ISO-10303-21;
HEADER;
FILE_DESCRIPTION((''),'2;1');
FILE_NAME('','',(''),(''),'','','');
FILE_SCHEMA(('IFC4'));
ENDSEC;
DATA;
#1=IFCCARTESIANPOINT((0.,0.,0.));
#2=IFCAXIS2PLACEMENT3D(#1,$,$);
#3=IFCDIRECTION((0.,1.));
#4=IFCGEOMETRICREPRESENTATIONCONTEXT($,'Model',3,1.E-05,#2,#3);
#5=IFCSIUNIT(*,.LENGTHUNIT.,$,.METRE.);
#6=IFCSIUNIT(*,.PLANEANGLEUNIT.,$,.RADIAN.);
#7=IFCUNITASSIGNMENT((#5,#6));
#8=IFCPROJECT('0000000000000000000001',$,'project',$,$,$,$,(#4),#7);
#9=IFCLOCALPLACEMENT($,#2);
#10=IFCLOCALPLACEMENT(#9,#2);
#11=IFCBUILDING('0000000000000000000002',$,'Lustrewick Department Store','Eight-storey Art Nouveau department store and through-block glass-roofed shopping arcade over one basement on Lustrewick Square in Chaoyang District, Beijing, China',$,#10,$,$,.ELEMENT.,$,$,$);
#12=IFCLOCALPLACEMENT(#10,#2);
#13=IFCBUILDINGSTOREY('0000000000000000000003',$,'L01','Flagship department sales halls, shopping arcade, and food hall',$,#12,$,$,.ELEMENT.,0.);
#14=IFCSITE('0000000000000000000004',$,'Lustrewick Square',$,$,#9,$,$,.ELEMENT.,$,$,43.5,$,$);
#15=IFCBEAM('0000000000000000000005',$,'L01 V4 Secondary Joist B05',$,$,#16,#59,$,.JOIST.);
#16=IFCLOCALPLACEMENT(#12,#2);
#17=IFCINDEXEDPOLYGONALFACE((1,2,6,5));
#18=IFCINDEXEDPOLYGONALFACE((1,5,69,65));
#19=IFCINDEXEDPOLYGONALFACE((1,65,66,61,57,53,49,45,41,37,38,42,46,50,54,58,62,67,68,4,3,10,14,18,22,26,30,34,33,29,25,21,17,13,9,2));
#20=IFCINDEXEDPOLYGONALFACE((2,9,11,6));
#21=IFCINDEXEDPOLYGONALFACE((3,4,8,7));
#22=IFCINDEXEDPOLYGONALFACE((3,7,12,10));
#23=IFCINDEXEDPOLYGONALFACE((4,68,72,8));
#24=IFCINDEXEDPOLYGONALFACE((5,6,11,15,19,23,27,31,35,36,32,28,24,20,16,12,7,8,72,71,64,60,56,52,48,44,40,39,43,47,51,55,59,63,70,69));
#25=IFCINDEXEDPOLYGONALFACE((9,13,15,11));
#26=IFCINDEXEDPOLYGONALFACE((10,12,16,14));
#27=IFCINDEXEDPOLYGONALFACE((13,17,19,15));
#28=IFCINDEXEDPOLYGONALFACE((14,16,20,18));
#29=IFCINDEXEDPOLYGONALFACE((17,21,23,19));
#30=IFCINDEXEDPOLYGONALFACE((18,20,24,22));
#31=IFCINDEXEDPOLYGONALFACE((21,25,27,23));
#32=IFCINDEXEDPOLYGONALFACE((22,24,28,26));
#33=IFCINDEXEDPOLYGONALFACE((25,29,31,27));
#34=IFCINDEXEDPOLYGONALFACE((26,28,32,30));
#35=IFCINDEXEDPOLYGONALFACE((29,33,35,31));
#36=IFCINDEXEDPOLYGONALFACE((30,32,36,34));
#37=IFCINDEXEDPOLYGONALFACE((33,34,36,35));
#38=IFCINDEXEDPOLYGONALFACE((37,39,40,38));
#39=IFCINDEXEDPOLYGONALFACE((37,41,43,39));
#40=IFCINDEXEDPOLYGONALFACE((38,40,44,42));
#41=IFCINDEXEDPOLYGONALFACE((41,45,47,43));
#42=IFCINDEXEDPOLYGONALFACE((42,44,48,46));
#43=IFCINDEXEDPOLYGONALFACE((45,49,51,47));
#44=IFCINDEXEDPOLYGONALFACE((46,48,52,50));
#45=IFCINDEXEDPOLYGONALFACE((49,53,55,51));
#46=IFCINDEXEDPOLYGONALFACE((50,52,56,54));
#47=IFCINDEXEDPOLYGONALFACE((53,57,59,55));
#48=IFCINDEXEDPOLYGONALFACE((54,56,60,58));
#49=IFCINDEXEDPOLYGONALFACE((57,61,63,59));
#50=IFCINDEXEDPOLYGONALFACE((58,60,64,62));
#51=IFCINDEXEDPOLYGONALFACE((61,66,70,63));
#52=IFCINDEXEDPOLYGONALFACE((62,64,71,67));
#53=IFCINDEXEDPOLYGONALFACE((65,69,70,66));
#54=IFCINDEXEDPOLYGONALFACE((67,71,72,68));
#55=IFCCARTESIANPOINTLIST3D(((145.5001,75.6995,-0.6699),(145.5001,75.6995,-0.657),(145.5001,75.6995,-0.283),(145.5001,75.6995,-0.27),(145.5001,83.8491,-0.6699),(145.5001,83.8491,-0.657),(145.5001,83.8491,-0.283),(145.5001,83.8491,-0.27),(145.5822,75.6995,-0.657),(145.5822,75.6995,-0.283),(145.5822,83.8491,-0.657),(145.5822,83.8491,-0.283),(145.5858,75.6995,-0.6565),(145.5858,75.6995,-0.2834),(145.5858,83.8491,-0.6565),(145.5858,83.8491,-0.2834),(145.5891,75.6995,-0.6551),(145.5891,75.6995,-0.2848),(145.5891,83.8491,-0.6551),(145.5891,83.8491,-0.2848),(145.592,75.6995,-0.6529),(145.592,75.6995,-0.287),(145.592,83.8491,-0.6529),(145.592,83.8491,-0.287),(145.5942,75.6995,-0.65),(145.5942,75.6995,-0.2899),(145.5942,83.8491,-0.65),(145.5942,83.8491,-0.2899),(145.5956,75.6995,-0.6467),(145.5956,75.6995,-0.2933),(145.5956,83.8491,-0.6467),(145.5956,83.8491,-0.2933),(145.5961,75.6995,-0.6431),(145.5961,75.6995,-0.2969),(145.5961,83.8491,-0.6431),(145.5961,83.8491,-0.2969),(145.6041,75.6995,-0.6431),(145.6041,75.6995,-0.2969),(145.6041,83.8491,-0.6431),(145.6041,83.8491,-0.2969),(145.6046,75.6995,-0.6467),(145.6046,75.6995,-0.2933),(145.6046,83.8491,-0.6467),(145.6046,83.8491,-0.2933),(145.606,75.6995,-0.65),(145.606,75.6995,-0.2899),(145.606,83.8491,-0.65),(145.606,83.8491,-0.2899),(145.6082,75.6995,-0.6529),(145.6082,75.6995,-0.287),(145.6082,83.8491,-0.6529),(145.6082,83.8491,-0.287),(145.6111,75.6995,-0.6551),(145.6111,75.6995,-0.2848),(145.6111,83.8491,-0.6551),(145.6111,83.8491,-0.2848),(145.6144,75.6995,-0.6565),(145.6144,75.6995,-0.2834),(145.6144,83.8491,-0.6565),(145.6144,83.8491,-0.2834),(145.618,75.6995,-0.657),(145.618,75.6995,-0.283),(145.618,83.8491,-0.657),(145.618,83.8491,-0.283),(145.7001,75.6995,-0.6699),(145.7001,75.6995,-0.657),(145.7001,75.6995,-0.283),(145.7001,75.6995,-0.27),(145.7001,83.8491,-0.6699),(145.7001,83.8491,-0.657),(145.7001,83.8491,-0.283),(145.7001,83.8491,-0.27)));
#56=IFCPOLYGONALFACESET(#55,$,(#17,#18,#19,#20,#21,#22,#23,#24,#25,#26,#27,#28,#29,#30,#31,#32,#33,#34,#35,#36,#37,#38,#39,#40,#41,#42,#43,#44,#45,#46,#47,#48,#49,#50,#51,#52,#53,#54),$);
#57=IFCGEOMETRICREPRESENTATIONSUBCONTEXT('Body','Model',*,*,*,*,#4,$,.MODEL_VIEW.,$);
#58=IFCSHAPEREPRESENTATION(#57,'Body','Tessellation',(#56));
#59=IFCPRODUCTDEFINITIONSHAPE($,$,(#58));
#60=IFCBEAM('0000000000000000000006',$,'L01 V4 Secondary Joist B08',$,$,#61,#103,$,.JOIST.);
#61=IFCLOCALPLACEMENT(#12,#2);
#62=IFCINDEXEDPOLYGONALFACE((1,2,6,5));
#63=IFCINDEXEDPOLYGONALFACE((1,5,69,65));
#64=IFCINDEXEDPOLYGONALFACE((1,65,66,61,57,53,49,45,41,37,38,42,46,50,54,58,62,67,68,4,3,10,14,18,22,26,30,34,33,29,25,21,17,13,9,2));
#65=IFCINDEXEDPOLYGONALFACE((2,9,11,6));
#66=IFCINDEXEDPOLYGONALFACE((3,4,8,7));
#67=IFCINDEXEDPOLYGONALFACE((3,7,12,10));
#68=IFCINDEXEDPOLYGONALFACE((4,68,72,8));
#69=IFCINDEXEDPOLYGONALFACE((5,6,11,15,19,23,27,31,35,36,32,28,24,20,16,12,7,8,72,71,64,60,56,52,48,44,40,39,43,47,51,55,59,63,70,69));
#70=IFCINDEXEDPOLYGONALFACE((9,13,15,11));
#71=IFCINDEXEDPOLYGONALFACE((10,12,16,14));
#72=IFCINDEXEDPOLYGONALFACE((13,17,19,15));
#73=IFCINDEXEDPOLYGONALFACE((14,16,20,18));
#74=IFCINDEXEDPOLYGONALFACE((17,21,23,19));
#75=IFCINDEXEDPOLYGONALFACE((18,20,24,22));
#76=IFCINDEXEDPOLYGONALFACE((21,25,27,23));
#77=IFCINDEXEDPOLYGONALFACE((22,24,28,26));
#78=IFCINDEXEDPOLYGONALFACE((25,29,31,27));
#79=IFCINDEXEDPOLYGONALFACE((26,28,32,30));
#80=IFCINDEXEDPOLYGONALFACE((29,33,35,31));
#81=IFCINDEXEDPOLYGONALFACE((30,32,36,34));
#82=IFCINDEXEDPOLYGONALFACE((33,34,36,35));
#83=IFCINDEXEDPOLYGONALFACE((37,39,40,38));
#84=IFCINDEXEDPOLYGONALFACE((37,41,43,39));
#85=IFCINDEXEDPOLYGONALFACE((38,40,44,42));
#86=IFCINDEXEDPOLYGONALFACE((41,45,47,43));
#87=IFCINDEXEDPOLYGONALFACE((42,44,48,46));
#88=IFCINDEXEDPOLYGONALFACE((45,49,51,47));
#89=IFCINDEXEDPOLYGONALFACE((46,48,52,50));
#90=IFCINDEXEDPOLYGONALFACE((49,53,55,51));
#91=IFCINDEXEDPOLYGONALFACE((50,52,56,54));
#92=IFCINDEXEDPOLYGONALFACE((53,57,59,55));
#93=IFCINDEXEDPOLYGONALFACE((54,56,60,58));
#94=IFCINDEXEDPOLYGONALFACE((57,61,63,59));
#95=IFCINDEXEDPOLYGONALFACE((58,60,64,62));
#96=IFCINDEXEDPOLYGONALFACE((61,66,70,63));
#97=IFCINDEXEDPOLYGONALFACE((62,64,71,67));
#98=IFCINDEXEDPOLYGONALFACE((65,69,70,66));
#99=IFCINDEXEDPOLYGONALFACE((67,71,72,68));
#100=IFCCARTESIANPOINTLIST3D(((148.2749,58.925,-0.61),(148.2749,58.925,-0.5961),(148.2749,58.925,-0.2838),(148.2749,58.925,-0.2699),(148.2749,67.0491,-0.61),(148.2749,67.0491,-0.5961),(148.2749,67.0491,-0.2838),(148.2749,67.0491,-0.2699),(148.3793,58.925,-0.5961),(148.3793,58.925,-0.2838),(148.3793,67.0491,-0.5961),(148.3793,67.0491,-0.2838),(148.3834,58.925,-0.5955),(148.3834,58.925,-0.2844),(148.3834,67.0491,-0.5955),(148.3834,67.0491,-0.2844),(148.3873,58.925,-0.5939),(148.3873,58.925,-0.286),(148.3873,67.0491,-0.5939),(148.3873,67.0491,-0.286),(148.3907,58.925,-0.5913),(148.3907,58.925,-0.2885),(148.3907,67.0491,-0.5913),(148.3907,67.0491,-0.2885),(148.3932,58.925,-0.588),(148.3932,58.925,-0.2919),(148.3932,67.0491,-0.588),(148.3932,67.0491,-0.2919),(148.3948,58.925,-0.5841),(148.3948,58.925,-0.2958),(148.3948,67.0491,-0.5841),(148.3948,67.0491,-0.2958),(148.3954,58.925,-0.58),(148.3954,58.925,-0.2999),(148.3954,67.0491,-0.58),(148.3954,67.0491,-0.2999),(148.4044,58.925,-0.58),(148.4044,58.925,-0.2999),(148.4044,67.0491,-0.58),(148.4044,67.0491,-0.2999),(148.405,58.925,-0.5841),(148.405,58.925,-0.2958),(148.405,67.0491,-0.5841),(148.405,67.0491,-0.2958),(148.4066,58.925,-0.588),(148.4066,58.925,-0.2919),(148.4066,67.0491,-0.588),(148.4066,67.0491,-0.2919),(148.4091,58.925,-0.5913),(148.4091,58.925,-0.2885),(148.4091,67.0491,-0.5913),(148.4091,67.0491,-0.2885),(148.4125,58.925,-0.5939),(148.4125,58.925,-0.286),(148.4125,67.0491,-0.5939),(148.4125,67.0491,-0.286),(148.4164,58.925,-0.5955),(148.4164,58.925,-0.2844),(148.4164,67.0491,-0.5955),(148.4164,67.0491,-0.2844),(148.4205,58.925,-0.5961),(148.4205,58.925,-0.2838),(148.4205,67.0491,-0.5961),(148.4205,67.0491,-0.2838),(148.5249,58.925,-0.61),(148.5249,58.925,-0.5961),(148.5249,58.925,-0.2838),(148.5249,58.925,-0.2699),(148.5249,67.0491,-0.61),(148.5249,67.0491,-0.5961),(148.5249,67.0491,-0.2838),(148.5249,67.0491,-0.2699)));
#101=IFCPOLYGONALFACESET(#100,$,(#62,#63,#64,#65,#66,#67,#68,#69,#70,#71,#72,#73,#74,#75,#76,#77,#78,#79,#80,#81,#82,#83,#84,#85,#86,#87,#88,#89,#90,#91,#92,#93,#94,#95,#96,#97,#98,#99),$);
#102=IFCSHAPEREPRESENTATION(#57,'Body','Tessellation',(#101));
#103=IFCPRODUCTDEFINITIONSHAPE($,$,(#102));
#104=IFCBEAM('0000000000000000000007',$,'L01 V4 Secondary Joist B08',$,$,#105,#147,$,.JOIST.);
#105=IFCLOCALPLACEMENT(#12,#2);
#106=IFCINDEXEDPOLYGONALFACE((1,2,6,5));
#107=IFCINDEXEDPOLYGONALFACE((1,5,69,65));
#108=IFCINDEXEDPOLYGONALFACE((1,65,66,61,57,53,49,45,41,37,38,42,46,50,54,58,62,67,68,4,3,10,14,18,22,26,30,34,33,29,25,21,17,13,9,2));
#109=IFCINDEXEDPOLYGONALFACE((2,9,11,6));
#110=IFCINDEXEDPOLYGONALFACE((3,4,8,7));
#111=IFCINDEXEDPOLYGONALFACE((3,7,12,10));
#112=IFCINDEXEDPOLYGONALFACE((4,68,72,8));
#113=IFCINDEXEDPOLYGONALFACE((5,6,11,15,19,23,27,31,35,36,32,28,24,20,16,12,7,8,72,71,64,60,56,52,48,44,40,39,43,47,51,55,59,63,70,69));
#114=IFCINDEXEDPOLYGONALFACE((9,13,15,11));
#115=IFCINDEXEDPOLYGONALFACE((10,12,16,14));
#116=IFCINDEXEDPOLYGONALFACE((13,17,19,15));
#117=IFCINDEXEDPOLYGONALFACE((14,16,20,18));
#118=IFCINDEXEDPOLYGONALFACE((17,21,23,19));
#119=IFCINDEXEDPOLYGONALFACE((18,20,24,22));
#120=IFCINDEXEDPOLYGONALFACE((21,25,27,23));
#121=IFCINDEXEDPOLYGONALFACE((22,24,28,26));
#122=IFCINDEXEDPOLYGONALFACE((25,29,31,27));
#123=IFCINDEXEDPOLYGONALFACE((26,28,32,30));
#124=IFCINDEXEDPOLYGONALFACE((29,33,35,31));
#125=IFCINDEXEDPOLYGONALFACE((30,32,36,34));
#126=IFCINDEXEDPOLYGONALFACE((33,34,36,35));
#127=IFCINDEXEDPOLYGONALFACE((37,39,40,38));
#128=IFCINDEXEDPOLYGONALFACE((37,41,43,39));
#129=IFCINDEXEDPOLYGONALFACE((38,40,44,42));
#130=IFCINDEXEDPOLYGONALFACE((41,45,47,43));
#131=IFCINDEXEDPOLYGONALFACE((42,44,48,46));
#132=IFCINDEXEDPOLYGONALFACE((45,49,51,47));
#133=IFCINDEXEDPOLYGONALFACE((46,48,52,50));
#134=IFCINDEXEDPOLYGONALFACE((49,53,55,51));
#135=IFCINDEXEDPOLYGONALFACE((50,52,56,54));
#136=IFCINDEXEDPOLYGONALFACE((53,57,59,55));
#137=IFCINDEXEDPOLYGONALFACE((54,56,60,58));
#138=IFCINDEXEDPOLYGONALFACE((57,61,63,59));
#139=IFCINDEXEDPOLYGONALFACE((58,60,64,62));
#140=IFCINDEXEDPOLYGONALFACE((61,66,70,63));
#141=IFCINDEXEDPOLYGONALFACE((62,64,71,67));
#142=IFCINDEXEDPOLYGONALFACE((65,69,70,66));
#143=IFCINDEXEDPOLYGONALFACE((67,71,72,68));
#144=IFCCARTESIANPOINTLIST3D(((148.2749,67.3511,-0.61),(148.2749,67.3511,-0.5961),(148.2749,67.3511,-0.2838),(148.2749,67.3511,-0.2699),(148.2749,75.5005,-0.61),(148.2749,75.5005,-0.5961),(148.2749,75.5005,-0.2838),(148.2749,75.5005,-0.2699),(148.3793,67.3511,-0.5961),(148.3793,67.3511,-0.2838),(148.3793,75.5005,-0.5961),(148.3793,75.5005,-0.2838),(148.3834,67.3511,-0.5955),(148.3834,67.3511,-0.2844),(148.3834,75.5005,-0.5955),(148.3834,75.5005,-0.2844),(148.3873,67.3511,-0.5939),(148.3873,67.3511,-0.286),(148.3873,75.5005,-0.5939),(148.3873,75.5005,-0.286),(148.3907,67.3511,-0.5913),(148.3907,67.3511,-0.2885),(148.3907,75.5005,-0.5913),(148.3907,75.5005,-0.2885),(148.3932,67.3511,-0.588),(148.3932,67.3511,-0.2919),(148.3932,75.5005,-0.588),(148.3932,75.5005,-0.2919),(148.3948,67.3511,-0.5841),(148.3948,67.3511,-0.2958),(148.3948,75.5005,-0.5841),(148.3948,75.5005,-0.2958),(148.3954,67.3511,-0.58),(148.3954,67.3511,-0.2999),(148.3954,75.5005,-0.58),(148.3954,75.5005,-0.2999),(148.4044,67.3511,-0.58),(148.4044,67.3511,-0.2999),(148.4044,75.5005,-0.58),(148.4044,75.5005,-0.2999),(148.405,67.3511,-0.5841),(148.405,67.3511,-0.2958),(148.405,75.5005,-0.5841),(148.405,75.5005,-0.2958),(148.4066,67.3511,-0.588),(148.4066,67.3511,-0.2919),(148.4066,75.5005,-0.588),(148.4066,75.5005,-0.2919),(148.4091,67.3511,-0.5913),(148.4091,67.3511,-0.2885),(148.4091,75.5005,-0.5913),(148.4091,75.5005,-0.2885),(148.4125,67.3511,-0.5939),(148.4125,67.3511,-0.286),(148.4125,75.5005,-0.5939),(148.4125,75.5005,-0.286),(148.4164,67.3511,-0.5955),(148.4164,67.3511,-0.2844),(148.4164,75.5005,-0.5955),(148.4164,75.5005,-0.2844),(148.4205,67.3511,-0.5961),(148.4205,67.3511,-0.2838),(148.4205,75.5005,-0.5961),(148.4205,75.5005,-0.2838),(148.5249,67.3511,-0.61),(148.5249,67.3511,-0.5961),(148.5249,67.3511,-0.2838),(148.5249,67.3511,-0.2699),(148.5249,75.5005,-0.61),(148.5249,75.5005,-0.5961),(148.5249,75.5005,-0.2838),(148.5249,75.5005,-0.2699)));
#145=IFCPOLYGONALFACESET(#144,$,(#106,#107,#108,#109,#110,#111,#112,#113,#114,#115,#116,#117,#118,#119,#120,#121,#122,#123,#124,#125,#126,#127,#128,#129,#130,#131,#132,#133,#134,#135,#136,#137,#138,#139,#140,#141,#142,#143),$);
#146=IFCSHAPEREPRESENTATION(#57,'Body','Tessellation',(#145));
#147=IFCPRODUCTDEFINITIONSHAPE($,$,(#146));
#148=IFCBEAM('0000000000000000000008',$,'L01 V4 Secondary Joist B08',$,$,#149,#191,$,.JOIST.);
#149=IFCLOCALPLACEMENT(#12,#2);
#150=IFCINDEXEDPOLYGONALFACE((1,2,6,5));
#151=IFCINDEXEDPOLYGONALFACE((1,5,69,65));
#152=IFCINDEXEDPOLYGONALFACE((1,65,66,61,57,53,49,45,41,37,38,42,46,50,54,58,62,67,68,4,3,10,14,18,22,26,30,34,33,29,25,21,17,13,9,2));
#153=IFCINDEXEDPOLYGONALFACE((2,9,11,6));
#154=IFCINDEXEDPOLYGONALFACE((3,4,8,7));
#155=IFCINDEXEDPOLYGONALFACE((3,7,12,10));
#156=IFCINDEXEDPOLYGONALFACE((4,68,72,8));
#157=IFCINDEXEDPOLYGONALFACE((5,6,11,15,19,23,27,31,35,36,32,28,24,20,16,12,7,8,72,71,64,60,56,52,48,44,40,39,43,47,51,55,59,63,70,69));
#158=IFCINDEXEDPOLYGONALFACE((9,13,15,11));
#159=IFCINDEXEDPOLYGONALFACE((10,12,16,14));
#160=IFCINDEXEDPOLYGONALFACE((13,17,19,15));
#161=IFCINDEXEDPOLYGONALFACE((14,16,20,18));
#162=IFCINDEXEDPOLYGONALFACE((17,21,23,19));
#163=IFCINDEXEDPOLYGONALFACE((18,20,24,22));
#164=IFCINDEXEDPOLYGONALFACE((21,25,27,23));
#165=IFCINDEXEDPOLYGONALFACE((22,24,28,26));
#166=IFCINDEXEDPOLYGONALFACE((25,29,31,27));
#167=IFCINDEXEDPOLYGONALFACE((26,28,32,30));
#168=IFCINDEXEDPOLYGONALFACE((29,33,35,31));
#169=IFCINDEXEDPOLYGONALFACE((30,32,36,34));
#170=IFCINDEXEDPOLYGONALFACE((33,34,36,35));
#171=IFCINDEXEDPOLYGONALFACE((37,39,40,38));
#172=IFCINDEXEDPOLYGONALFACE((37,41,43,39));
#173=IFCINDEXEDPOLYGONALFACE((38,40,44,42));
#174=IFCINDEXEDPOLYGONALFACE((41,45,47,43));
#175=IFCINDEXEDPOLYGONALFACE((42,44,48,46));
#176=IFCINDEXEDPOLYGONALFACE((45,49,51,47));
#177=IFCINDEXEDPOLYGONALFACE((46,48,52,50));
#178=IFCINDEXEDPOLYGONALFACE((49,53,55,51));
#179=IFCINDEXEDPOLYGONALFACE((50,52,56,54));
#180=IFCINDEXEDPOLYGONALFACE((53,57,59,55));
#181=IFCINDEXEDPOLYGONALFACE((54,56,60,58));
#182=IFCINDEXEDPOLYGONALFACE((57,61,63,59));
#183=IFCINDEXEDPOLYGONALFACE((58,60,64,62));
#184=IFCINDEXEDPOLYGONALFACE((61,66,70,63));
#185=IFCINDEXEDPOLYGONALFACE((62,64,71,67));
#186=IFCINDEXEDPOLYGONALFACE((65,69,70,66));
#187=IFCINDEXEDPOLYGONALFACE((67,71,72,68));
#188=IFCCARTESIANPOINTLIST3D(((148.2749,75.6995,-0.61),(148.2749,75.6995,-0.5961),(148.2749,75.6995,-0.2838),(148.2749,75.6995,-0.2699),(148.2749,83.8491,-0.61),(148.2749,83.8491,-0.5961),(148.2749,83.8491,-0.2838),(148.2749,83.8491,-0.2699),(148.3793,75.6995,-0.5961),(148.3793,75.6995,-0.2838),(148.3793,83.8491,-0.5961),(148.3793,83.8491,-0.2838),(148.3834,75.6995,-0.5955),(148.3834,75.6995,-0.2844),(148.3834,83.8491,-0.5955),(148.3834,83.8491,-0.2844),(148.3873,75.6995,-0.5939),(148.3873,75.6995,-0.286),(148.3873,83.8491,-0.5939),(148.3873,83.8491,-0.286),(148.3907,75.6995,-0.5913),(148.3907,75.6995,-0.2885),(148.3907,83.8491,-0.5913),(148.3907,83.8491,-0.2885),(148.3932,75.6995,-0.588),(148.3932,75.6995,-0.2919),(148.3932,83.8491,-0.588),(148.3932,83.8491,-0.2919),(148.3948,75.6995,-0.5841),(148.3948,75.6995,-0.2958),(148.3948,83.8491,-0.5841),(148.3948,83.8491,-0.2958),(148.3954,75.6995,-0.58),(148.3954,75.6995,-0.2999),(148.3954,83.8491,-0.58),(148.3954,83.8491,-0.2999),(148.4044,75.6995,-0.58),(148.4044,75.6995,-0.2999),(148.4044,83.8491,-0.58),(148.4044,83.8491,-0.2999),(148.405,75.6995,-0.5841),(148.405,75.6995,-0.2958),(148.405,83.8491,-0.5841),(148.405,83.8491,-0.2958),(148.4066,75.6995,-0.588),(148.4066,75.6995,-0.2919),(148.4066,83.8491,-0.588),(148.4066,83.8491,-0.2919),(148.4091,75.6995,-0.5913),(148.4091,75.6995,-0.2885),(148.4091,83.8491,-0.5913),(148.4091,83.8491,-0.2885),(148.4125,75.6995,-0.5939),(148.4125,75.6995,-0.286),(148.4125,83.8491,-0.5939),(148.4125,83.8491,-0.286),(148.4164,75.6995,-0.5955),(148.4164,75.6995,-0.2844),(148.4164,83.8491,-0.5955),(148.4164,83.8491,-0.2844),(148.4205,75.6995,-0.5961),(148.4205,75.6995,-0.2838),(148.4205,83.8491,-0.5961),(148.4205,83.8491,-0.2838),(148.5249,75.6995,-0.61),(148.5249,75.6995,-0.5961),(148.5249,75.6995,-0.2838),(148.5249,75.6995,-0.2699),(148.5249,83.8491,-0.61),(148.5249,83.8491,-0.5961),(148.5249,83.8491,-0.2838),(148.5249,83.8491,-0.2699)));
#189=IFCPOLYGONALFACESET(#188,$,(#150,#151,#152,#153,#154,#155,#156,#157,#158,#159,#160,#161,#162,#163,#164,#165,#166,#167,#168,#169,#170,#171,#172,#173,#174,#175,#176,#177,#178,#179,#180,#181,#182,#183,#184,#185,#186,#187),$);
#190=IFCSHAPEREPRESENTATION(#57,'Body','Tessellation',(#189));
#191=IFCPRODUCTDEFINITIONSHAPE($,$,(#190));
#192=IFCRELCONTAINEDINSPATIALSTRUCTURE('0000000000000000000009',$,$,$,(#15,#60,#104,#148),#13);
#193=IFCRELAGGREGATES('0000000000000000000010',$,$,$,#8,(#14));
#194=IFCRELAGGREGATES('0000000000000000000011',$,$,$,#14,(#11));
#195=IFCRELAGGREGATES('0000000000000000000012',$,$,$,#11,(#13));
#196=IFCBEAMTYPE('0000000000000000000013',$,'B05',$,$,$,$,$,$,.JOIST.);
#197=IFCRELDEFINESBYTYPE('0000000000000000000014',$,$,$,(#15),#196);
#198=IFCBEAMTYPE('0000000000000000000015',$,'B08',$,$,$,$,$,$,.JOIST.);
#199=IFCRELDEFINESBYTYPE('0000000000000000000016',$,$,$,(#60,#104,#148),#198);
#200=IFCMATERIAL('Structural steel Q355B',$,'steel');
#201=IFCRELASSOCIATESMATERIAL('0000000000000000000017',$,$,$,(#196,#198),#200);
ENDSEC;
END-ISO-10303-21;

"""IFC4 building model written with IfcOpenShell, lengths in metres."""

from ifc_helpers import new_model, si_unit, direction, frame, origin, origin_2d, place, context, subcontext, project, spatial, i_section, extrude, material, material_profile, profile_set, type_object, element, save


model = new_model("IFC4")

# Units and contexts
model_context = context("Model", 3, precision=1e-05, world=origin(), true_north=direction((0.0, 1.0)))
body_context = subcontext(model_context, "Body", "Model", "MODEL_VIEW")
ifc_project = project(units=[si_unit("LENGTHUNIT", "METRE"), si_unit("PLANEANGLEUNIT", "RADIAN")], contexts=[model_context])

# Site, building, storey
site_placement = place(None, origin())
site = spatial("IfcSite", under=ifc_project, at=site_placement, Name="Lustrewick Square", CompositionType="ELEMENT", RefElevation=43.5)
building_placement = place(site_placement, origin())
building = spatial("IfcBuilding", under=site, at=building_placement, Name="Lustrewick Department Store", Description="Eight-storey Art Nouveau department store and through-block glass-roofed shopping arcade over one basement on Lustrewick Square in Chaoyang District, Beijing, China", CompositionType="ELEMENT")
storey_placement = place(building_placement, origin())
storey = spatial("IfcBuildingStorey", under=building, at=storey_placement, Name="L01", Description="Flagship department sales halls, shopping arcade, and food hall", CompositionType="ELEMENT", Elevation=0.0)

# Shared definitions
ifc_material_1 = material(Name="Structural steel Q355B", Category="steel")

# Beams
ifc_material_profile_1 = material_profile(ifc_material_1, i_section(OverallWidth=0.2, OverallDepth=0.3999, WebThickness=0.0081, FlangeThickness=0.0129, FilletRadius=0.0139, at=origin_2d()), Name="HN 400x200x8x13")
ifc_profile_set_1 = profile_set([ifc_material_profile_1], Name="Structural steel Q355B")
beam_type_1 = type_object("IfcBeamType", Name="B05", PredefinedType="JOIST", material=ifc_profile_set_1)
beam_1_placement = place(storey_placement, frame((145.6001, 75.6995, -0.47), z_axis=(0.0, 1.0, 0.0), x_axis=(-1.0, 0.0, 0.0)))
element("IfcBeam", 1, at=beam_1_placement, inside=storey, type_object=beam_type_1, Name="L01 V4 Secondary Joist B05", PredefinedType="JOIST", context=body_context, shape_type="SweptSolid", body=[
    extrude(i_section(OverallWidth=0.2, OverallDepth=0.3999, WebThickness=0.0081, FlangeThickness=0.0129, FilletRadius=0.0139, at=origin_2d()), origin(), (0.0, 0.0, 1.0), 8.1497),
])
ifc_material_profile_2 = material_profile(ifc_material_1, i_section(OverallWidth=0.25, OverallDepth=0.3401, WebThickness=0.009, FlangeThickness=0.0139, FilletRadius=0.0161, at=origin_2d()), Name="HM 340x250x9x14")
ifc_profile_set_2 = profile_set([ifc_material_profile_2], Name="Structural steel Q355B")
beam_type_2 = type_object("IfcBeamType", Name="B08", PredefinedType="JOIST", material=ifc_profile_set_2)
beam_2_placement = place(storey_placement, frame((148.3999, 58.925, -0.4399), z_axis=(0.0, 1.0, 0.0), x_axis=(-1.0, 0.0, 0.0)))
element("IfcBeam", 2, at=beam_2_placement, inside=storey, type_object=beam_type_2, Name="L01 V4 Secondary Joist B08", PredefinedType="JOIST", context=body_context, shape_type="SweptSolid", body=[
    extrude(i_section(OverallWidth=0.25, OverallDepth=0.3401, WebThickness=0.009, FlangeThickness=0.0139, FilletRadius=0.0161, at=origin_2d()), origin(), (0.0, 0.0, 1.0), 8.124),
])
beam_3_placement = place(storey_placement, frame((148.3999, 67.3511, -0.4399), z_axis=(0.0, 1.0, 0.0), x_axis=(-1.0, 0.0, 0.0)))
element("IfcBeam", 3, at=beam_3_placement, inside=storey, type_object=beam_type_2, Name="L01 V4 Secondary Joist B08", PredefinedType="JOIST", context=body_context, shape_type="SweptSolid", body=[
    extrude(i_section(OverallWidth=0.25, OverallDepth=0.3401, WebThickness=0.009, FlangeThickness=0.0139, FilletRadius=0.0161, at=origin_2d()), origin(), (0.0, 0.0, 1.0), 8.1494),
])
beam_4_placement = place(storey_placement, frame((148.3999, 75.6995, -0.4399), z_axis=(0.0, 1.0, 0.0), x_axis=(-1.0, 0.0, 0.0)))
element("IfcBeam", 4, at=beam_4_placement, inside=storey, type_object=beam_type_2, Name="L01 V4 Secondary Joist B08", PredefinedType="JOIST", context=body_context, shape_type="SweptSolid", body=[
    extrude(i_section(OverallWidth=0.25, OverallDepth=0.3401, WebThickness=0.009, FlangeThickness=0.0139, FilletRadius=0.0161, at=origin_2d()), origin(), (0.0, 0.0, 1.0), 8.1497),
])

save(model, "model.ifc")
